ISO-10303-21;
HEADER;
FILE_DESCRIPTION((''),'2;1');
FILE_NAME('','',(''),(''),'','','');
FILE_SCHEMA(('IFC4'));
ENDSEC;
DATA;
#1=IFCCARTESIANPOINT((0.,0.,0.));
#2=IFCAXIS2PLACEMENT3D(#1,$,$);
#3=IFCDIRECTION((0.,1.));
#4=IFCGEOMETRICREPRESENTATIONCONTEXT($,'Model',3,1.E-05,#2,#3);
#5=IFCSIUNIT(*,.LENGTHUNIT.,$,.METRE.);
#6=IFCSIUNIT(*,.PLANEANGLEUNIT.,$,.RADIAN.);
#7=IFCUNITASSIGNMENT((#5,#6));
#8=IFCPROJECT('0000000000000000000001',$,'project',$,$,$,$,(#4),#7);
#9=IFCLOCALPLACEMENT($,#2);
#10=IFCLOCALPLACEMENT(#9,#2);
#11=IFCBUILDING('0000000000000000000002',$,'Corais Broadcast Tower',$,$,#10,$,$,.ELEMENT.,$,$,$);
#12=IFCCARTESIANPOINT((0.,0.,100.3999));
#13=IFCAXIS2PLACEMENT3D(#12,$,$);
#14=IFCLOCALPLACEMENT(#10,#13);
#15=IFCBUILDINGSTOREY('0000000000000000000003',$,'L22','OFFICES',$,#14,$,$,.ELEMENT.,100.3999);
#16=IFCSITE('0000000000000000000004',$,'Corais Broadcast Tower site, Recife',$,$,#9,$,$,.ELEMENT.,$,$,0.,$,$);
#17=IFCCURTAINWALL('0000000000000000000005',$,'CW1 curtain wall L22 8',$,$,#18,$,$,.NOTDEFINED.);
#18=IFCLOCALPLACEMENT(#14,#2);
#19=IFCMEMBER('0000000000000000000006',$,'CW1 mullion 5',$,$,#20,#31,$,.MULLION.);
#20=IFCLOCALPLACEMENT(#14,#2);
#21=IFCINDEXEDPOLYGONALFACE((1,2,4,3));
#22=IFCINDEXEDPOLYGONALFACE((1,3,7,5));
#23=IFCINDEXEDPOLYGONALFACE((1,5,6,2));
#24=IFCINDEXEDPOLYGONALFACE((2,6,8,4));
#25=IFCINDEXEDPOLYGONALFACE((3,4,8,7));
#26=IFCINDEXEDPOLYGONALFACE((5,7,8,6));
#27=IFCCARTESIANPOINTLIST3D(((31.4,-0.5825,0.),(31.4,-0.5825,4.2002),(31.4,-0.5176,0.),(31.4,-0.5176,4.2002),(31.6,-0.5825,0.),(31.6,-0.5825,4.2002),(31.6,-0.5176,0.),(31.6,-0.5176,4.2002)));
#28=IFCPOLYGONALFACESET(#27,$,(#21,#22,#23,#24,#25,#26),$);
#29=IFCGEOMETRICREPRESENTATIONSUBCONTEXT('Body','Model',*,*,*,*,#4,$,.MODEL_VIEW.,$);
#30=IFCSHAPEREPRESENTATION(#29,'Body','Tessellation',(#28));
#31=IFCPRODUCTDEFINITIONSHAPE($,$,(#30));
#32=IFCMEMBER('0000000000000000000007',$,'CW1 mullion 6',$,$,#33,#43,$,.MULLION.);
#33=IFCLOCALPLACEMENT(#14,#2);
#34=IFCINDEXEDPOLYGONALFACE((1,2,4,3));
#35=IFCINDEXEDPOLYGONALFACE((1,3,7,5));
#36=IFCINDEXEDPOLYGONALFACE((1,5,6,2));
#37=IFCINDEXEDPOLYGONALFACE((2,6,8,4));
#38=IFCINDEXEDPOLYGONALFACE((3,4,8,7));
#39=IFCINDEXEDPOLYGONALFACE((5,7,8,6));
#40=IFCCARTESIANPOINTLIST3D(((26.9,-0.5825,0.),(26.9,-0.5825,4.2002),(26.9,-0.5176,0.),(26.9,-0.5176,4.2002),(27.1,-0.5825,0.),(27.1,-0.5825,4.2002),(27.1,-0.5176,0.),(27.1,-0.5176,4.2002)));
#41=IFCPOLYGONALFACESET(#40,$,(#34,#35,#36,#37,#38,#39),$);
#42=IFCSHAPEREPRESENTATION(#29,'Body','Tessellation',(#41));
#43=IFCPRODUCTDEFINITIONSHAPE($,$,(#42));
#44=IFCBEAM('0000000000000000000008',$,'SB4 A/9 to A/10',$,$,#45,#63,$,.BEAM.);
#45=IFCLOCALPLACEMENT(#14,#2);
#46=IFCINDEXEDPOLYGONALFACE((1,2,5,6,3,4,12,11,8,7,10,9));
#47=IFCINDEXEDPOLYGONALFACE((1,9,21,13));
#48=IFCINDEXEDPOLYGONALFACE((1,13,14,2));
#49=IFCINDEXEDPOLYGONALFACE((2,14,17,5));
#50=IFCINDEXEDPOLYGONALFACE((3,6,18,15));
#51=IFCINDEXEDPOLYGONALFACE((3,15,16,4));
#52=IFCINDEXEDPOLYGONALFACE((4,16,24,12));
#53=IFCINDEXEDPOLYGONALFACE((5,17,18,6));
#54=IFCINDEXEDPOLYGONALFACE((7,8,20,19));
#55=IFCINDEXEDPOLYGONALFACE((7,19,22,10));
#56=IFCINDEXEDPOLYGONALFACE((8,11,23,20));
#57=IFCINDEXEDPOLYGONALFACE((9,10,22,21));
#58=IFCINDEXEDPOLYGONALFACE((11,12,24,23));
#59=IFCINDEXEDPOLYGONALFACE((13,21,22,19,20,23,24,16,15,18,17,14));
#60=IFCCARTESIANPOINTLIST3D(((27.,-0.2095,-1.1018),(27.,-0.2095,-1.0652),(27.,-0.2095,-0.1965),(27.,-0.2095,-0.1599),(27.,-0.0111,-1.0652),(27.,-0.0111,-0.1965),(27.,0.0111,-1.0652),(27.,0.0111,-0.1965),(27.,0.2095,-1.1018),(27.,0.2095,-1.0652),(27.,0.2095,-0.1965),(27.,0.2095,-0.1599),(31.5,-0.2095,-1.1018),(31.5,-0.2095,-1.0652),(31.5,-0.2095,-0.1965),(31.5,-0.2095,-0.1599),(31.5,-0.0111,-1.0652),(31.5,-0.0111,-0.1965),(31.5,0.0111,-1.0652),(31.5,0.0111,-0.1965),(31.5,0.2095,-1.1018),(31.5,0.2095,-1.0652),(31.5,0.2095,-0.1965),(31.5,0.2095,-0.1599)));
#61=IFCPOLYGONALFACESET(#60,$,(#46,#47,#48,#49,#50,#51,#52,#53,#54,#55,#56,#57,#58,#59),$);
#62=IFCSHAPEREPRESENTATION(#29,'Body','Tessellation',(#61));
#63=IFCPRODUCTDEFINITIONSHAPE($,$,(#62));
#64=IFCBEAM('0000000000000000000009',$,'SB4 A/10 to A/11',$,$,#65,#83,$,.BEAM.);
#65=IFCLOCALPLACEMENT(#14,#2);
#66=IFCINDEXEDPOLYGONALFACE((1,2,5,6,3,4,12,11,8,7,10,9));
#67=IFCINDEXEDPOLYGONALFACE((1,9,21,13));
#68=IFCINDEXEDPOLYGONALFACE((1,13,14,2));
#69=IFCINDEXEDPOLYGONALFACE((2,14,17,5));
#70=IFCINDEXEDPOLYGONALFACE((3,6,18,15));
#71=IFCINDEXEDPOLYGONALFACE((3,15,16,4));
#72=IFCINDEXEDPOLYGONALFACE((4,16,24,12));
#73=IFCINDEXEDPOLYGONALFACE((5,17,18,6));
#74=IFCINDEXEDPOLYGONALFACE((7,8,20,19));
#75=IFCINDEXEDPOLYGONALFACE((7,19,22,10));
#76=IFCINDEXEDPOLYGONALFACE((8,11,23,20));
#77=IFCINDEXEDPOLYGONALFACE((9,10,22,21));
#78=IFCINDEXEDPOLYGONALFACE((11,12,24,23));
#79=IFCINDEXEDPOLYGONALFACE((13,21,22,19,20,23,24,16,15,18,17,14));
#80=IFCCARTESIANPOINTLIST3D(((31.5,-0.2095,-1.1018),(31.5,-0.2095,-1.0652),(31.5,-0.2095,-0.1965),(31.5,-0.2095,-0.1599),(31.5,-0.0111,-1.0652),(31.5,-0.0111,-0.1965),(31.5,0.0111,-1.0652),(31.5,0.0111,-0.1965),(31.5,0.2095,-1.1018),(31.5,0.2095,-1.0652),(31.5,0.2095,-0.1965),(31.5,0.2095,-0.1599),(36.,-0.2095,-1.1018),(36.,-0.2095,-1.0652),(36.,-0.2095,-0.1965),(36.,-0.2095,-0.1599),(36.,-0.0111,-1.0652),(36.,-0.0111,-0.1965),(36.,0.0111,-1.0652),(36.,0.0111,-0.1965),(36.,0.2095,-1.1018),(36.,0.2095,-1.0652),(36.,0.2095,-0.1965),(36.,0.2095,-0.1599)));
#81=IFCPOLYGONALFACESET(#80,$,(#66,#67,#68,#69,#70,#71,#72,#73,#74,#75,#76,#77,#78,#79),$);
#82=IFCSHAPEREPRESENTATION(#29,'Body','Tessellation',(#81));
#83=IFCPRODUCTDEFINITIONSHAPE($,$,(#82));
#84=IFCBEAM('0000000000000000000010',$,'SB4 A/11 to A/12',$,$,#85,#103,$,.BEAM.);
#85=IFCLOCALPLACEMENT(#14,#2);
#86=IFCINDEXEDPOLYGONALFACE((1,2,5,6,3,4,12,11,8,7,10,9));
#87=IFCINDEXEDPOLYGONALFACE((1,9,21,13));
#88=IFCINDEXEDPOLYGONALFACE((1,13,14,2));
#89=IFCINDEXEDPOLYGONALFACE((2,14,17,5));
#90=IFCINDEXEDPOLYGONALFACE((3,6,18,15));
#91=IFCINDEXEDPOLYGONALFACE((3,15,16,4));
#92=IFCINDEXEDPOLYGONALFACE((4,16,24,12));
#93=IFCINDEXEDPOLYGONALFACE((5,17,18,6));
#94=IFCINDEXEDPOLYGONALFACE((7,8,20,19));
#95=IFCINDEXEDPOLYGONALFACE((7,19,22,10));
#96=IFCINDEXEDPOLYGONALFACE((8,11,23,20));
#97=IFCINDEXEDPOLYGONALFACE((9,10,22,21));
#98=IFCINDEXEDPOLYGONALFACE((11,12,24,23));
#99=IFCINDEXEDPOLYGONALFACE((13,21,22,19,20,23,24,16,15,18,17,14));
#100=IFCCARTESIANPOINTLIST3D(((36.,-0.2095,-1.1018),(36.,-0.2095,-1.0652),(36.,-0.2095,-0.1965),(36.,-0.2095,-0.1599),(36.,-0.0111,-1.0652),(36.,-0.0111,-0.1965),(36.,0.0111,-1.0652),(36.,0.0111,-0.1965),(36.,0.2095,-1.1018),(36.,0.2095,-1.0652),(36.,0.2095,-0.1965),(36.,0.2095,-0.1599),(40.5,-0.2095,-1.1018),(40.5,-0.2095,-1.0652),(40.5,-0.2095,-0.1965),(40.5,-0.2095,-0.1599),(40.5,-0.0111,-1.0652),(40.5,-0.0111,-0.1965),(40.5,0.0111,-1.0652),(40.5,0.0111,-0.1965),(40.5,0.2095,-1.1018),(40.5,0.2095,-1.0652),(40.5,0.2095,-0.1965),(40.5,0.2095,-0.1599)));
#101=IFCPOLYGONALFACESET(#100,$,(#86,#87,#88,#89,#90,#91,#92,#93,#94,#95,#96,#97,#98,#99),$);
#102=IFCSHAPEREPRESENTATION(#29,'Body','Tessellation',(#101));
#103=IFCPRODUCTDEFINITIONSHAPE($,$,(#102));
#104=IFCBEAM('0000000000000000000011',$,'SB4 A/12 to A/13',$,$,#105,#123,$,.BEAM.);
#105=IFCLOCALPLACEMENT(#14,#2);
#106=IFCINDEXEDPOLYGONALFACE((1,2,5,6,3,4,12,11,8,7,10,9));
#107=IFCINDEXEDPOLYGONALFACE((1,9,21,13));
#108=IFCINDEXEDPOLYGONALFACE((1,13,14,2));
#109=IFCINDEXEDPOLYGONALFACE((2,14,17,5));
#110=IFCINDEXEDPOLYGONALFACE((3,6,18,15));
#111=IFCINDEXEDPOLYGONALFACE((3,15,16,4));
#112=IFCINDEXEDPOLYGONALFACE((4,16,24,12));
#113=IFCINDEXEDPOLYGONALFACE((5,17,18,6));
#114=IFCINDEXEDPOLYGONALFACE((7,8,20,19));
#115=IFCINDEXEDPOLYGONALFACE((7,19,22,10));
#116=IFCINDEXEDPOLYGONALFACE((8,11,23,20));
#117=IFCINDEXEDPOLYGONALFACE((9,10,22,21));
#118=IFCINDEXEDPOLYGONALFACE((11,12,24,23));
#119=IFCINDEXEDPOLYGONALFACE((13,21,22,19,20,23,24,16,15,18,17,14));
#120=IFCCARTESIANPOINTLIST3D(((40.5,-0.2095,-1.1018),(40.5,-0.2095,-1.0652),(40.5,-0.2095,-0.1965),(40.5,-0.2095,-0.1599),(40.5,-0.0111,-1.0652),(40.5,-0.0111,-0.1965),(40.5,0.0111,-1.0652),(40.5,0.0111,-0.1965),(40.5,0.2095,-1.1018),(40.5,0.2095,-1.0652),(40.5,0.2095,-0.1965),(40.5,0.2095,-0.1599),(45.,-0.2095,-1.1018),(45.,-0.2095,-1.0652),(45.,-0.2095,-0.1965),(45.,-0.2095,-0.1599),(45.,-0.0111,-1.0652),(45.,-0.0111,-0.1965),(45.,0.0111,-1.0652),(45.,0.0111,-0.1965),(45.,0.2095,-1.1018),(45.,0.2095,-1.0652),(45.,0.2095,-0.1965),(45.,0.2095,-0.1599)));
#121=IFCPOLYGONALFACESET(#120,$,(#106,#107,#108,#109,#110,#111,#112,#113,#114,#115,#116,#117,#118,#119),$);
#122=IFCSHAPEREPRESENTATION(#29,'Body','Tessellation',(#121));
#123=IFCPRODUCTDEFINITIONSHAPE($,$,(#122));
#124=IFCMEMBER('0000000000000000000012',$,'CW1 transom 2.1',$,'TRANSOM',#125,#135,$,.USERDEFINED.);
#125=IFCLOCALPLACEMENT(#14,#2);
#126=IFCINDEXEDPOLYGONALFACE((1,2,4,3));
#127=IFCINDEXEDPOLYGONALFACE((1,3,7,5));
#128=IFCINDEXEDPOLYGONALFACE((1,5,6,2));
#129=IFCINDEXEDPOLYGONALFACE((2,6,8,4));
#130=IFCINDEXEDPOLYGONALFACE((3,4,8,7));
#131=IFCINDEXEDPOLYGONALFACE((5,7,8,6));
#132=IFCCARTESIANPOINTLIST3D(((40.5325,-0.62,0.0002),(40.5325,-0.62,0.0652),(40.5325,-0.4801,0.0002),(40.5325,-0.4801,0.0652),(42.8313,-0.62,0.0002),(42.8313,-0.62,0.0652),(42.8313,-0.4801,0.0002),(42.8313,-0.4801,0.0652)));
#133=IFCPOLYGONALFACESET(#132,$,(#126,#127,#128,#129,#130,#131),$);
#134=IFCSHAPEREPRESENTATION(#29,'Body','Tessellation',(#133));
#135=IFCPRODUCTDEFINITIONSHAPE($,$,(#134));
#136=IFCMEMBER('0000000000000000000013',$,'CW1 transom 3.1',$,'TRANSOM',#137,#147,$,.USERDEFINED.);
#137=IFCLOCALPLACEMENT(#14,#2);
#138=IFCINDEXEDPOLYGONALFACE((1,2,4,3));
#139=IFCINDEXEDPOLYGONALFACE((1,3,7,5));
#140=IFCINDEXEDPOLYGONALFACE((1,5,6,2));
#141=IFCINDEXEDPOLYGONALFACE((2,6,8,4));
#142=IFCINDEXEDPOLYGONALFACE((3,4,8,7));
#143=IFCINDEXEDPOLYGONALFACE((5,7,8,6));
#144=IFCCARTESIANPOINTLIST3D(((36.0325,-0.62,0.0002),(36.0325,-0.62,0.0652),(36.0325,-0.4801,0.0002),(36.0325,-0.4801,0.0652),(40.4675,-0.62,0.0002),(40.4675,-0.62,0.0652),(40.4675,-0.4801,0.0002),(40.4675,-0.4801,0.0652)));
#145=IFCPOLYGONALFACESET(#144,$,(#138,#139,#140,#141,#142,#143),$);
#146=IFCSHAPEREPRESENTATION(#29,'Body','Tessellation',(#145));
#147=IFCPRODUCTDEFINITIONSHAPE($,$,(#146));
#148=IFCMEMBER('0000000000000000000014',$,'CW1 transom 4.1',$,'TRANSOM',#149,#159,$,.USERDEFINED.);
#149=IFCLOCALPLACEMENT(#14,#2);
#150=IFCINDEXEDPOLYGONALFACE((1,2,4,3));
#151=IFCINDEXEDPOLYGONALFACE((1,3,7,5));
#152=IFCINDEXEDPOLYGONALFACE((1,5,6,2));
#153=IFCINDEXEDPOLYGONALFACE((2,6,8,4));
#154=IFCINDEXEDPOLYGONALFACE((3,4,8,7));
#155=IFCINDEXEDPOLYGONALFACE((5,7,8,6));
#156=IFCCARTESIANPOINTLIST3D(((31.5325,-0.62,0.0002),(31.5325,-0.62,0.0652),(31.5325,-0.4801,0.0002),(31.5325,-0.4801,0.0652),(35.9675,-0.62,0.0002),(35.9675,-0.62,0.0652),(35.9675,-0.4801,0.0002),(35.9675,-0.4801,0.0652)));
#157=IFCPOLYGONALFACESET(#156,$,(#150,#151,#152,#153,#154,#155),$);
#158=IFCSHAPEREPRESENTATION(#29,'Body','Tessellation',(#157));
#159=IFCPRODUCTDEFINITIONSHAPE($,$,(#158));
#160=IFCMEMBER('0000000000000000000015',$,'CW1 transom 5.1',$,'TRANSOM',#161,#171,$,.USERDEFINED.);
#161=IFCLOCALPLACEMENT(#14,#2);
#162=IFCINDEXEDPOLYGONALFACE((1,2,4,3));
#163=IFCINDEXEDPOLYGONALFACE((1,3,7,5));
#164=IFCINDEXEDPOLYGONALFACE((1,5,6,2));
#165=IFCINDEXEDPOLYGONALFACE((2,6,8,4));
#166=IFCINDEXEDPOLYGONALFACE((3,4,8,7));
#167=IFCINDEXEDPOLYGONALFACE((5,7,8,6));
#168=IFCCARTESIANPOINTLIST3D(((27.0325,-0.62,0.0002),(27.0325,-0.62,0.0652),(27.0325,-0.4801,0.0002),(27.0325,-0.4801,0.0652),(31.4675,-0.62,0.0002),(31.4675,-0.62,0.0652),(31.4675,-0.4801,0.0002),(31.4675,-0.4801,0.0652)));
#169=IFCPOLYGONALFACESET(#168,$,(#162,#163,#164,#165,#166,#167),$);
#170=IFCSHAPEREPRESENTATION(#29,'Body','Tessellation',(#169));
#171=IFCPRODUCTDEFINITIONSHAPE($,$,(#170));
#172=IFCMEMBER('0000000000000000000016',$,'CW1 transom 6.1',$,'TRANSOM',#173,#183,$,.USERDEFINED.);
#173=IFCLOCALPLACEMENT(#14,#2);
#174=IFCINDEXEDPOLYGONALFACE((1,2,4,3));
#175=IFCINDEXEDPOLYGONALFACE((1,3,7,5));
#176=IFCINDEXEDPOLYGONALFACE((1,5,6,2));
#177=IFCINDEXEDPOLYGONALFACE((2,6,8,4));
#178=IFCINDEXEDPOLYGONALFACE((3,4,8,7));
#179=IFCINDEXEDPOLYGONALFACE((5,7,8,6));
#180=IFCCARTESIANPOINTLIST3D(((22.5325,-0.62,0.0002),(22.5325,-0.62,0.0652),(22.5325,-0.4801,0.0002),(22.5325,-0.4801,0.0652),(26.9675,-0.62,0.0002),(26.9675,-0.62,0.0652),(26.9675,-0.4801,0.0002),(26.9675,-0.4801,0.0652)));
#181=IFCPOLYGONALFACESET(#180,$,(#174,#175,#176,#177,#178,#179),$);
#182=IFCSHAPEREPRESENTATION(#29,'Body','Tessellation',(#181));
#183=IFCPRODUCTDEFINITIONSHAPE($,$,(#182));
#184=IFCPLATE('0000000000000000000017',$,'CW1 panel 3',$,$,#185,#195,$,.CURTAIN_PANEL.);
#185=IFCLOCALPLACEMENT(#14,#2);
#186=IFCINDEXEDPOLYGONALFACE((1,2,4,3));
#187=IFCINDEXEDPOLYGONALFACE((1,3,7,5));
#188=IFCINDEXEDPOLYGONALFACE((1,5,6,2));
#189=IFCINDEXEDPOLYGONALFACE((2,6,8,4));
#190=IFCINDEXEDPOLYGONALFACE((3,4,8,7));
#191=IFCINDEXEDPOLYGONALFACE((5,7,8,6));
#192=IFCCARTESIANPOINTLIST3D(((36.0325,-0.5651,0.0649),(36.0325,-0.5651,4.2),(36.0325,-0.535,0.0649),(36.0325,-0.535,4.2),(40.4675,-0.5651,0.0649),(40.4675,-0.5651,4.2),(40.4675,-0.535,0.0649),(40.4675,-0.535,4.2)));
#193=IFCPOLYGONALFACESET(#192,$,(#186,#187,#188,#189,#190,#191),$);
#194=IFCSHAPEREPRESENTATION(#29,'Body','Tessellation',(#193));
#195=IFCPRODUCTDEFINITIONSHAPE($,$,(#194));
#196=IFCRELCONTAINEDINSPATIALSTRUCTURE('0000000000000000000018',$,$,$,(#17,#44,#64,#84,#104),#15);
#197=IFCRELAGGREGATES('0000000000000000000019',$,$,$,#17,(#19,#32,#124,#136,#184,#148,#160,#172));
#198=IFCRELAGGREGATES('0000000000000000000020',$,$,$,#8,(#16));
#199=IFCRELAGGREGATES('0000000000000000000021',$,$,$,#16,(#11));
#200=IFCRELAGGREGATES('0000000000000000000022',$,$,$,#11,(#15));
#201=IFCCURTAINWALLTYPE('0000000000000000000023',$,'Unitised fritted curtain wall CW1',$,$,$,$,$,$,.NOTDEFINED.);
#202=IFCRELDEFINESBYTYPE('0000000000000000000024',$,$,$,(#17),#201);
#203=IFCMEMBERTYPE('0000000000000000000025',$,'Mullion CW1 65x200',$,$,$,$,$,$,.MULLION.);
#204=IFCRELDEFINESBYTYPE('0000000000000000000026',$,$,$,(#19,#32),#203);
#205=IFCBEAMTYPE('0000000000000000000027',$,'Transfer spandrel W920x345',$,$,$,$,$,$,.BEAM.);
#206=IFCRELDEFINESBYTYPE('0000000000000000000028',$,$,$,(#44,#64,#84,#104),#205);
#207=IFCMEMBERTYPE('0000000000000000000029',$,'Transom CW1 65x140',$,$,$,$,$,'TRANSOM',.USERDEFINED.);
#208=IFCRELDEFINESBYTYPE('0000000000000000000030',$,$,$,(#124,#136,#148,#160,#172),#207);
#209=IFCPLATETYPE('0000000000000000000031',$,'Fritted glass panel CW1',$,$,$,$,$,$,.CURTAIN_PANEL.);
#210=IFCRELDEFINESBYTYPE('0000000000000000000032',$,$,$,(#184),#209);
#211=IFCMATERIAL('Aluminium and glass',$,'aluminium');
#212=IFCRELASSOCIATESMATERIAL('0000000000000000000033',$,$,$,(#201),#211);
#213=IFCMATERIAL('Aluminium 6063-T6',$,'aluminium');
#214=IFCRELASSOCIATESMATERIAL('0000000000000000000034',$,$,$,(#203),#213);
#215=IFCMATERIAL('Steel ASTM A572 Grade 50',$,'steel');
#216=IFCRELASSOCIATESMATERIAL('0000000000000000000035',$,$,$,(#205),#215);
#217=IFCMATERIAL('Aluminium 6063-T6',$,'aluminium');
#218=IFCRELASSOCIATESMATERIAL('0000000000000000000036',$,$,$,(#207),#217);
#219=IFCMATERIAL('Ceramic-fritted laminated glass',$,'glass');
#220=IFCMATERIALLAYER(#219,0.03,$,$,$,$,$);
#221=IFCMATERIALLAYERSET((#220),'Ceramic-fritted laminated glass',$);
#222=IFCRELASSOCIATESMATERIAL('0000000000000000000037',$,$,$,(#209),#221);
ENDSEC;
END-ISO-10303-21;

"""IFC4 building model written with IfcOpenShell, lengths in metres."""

from ifc_helpers import new_model, si_unit, direction, frame, origin, origin_2d, place, context, subcontext, project, spatial, rectangle, i_section, extrude, material, layer, layer_set, material_profile, profile_set, type_object, element, aggregate, save


model = new_model("IFC4")

# Units and contexts
model_context = context("Model", 3, precision=1e-05, world=origin(), true_north=direction((0.0, 1.0)))
body_context = subcontext(model_context, "Body", "Model", "MODEL_VIEW")
ifc_project = project(units=[si_unit("LENGTHUNIT", "METRE"), si_unit("PLANEANGLEUNIT", "RADIAN")], contexts=[model_context])

# Site, building, storey
site_placement = place(None, origin())
site = spatial("IfcSite", under=ifc_project, at=site_placement, Name="Corais Broadcast Tower site, Recife", CompositionType="ELEMENT", RefElevation=0.0)
building_placement = place(site_placement, origin())
building = spatial("IfcBuilding", under=site, at=building_placement, Name="Corais Broadcast Tower", CompositionType="ELEMENT")
storey_placement = place(building_placement, frame((0.0, 0.0, 100.3999)))
storey = spatial("IfcBuildingStorey", under=building, at=storey_placement, Name="L22", Description="OFFICES", CompositionType="ELEMENT", Elevation=100.3999)

# Curtain wall, members
ifc_material_1 = material(Name="Aluminium and glass", Category="aluminium")
curtain_wall_type = type_object("IfcCurtainWallType", Name="Unitised fritted curtain wall CW1", PredefinedType="NOTDEFINED", material=ifc_material_1)
curtain_wall_placement = place(storey_placement, origin())
curtain_wall = element("IfcCurtainWall", 1, at=curtain_wall_placement, inside=storey, type_object=curtain_wall_type, Name="CW1 curtain wall L22 8", PredefinedType="NOTDEFINED")
ifc_material_2 = material(Name="Aluminium 6063-T6", Category="aluminium")
ifc_material_profile_1 = material_profile(ifc_material_2, rectangle(XDim=0.0649, YDim=0.2, at=origin_2d()), Name="Mullion CW1 65x200")
ifc_profile_set_1 = profile_set([ifc_material_profile_1], Name="Aluminium 6063-T6")
member_type_1 = type_object("IfcMemberType", Name="Mullion CW1 65x200", PredefinedType="MULLION", material=ifc_profile_set_1)
member_1_placement = place(storey_placement, frame((31.5, -0.55, 0.0), z_axis=(0.0, 0.0, 1.0), x_axis=(0.0, -1.0, 0.0)))
member_1 = element("IfcMember", 2, at=member_1_placement, type_object=member_type_1, Name="CW1 mullion 5", PredefinedType="MULLION", context=body_context, shape_type="SweptSolid", body=[
    extrude(rectangle(XDim=0.0649, YDim=0.2, at=origin_2d()), origin(), (0.0, 0.0, 1.0), 4.2002),
])
member_2_placement = place(storey_placement, frame((27.0, -0.55, 0.0), z_axis=(0.0, 0.0, 1.0), x_axis=(0.0, -1.0, 0.0)))
member_2 = element("IfcMember", 3, at=member_2_placement, type_object=member_type_1, Name="CW1 mullion 6", PredefinedType="MULLION", context=body_context, shape_type="SweptSolid", body=[
    extrude(rectangle(XDim=0.0649, YDim=0.2, at=origin_2d()), origin(), (0.0, 0.0, 1.0), 4.2002),
])

# Beams
ifc_material_3 = material(Name="Steel ASTM A572 Grade 50", Category="steel")
ifc_material_profile_2 = material_profile(ifc_material_3, i_section(OverallWidth=0.4189, OverallDepth=0.9419, WebThickness=0.0222, FlangeThickness=0.0366, at=origin_2d()), Name="W920x345")
ifc_profile_set_2 = profile_set([ifc_material_profile_2], Name="Steel ASTM A572 Grade 50")
beam_type_1 = type_object("IfcBeamType", Name="Transfer spandrel W920x345", PredefinedType="BEAM", material=ifc_profile_set_2)
for number, where, z_axis, x_axis, name in (
    (4, (27.0, 0.0, -0.6309), (1.0, 0.0, 0.0), (0.0, 1.0, 0.0), "SB4 A/9 to A/10"),
    (5, (31.5, 0.0, -0.6309), (1.0, 0.0, 0.0), (0.0, 1.0, 0.0), "SB4 A/10 to A/11"),
    (6, (36.0, 0.0, -0.6309), (1.0, 0.0, 0.0), (0.0, 1.0, 0.0), "SB4 A/11 to A/12"),
    (7, (40.5, 0.0, -0.6309), (1.0, 0.0, 0.0), (0.0, 1.0, 0.0), "SB4 A/12 to A/13"),
):
    element("IfcBeam", number, at=place(storey_placement, frame(where, z_axis=z_axis, x_axis=x_axis)), inside=storey, type_object=beam_type_1, Name=name, PredefinedType="BEAM", context=body_context, shape_type="SweptSolid", body=[
        extrude(i_section(OverallWidth=0.4189, OverallDepth=0.9419, WebThickness=0.0222, FlangeThickness=0.0366, at=origin_2d()), origin(), (0.0, 0.0, 1.0), 4.5),
    ])

# Members
ifc_material_4 = material(Name="Aluminium 6063-T6", Category="aluminium")
ifc_material_profile_3 = material_profile(ifc_material_4, rectangle(XDim=0.1399, YDim=0.0649, at=origin_2d()), Name="Transom CW1 65x140")
ifc_profile_set_3 = profile_set([ifc_material_profile_3], Name="Aluminium 6063-T6")
member_type_2 = type_object("IfcMemberType", Name="Transom CW1 65x140", ElementType="TRANSOM", PredefinedType="USERDEFINED", material=ifc_profile_set_3)
member_3_placement = place(storey_placement, frame((42.8313, -0.55, 0.0327), z_axis=(-1.0, 0.0, 0.0), x_axis=(0.0, -1.0, 0.0)))
member_3 = element("IfcMember", 8, at=member_3_placement, type_object=member_type_2, Name="CW1 transom 2.1", ObjectType="TRANSOM", PredefinedType="USERDEFINED", context=body_context, shape_type="SweptSolid", body=[
    extrude(rectangle(XDim=0.1399, YDim=0.0649, at=origin_2d()), origin(), (0.0, 0.0, 1.0), 2.2988),
])
member_4_placement = place(storey_placement, frame((40.4675, -0.55, 0.0327), z_axis=(-1.0, 0.0, 0.0), x_axis=(0.0, -1.0, 0.0)))
member_4 = element("IfcMember", 9, at=member_4_placement, type_object=member_type_2, Name="CW1 transom 3.1", ObjectType="TRANSOM", PredefinedType="USERDEFINED", context=body_context, shape_type="SweptSolid", body=[
    extrude(rectangle(XDim=0.1399, YDim=0.0649, at=origin_2d()), origin(), (0.0, 0.0, 1.0), 4.4351),
])
member_5_placement = place(storey_placement, frame((35.9675, -0.55, 0.0327), z_axis=(-1.0, 0.0, 0.0), x_axis=(0.0, -1.0, 0.0)))
member_5 = element("IfcMember", 10, at=member_5_placement, type_object=member_type_2, Name="CW1 transom 4.1", ObjectType="TRANSOM", PredefinedType="USERDEFINED", context=body_context, shape_type="SweptSolid", body=[
    extrude(rectangle(XDim=0.1399, YDim=0.0649, at=origin_2d()), origin(), (0.0, 0.0, 1.0), 4.4351),
])
member_6_placement = place(storey_placement, frame((31.4675, -0.55, 0.0327), z_axis=(-1.0, 0.0, 0.0), x_axis=(0.0, -1.0, 0.0)))
member_6 = element("IfcMember", 11, at=member_6_placement, type_object=member_type_2, Name="CW1 transom 5.1", ObjectType="TRANSOM", PredefinedType="USERDEFINED", context=body_context, shape_type="SweptSolid", body=[
    extrude(rectangle(XDim=0.1399, YDim=0.0649, at=origin_2d()), origin(), (0.0, 0.0, 1.0), 4.4351),
])
member_7_placement = place(storey_placement, frame((26.9675, -0.55, 0.0327), z_axis=(-1.0, 0.0, 0.0), x_axis=(0.0, -1.0, 0.0)))
member_7 = element("IfcMember", 12, at=member_7_placement, type_object=member_type_2, Name="CW1 transom 6.1", ObjectType="TRANSOM", PredefinedType="USERDEFINED", context=body_context, shape_type="SweptSolid", body=[
    extrude(rectangle(XDim=0.1399, YDim=0.0649, at=origin_2d()), origin(), (0.0, 0.0, 1.0), 4.4351),
])

# Plate
ifc_material_5 = material(Name="Ceramic-fritted laminated glass", Category="glass")
ifc_layer_1 = layer(ifc_material_5, 0.03)
ifc_layer_set_1 = layer_set([ifc_layer_1], Name="Ceramic-fritted laminated glass")
plate_type_1 = type_object("IfcPlateType", Name="Fritted glass panel CW1", PredefinedType="CURTAIN_PANEL", material=ifc_layer_set_1)
plate_1_placement = place(storey_placement, frame((38.25, -0.55, 0.0649), z_axis=(0.0, 0.0, 1.0), x_axis=(-1.0, 0.0, 0.0)))
plate_1 = element("IfcPlate", 13, at=plate_1_placement, type_object=plate_type_1, Name="CW1 panel 3", PredefinedType="CURTAIN_PANEL", context=body_context, shape_type="SweptSolid", body=[
    extrude(rectangle(XDim=4.4351, YDim=0.03, at=origin_2d()), origin(), (0.0, 0.0, 1.0), 4.135),
])
aggregate(curtain_wall, [member_1, member_2, member_3, member_4, plate_1, member_5, member_6, member_7])

save(model, "model.ifc")
